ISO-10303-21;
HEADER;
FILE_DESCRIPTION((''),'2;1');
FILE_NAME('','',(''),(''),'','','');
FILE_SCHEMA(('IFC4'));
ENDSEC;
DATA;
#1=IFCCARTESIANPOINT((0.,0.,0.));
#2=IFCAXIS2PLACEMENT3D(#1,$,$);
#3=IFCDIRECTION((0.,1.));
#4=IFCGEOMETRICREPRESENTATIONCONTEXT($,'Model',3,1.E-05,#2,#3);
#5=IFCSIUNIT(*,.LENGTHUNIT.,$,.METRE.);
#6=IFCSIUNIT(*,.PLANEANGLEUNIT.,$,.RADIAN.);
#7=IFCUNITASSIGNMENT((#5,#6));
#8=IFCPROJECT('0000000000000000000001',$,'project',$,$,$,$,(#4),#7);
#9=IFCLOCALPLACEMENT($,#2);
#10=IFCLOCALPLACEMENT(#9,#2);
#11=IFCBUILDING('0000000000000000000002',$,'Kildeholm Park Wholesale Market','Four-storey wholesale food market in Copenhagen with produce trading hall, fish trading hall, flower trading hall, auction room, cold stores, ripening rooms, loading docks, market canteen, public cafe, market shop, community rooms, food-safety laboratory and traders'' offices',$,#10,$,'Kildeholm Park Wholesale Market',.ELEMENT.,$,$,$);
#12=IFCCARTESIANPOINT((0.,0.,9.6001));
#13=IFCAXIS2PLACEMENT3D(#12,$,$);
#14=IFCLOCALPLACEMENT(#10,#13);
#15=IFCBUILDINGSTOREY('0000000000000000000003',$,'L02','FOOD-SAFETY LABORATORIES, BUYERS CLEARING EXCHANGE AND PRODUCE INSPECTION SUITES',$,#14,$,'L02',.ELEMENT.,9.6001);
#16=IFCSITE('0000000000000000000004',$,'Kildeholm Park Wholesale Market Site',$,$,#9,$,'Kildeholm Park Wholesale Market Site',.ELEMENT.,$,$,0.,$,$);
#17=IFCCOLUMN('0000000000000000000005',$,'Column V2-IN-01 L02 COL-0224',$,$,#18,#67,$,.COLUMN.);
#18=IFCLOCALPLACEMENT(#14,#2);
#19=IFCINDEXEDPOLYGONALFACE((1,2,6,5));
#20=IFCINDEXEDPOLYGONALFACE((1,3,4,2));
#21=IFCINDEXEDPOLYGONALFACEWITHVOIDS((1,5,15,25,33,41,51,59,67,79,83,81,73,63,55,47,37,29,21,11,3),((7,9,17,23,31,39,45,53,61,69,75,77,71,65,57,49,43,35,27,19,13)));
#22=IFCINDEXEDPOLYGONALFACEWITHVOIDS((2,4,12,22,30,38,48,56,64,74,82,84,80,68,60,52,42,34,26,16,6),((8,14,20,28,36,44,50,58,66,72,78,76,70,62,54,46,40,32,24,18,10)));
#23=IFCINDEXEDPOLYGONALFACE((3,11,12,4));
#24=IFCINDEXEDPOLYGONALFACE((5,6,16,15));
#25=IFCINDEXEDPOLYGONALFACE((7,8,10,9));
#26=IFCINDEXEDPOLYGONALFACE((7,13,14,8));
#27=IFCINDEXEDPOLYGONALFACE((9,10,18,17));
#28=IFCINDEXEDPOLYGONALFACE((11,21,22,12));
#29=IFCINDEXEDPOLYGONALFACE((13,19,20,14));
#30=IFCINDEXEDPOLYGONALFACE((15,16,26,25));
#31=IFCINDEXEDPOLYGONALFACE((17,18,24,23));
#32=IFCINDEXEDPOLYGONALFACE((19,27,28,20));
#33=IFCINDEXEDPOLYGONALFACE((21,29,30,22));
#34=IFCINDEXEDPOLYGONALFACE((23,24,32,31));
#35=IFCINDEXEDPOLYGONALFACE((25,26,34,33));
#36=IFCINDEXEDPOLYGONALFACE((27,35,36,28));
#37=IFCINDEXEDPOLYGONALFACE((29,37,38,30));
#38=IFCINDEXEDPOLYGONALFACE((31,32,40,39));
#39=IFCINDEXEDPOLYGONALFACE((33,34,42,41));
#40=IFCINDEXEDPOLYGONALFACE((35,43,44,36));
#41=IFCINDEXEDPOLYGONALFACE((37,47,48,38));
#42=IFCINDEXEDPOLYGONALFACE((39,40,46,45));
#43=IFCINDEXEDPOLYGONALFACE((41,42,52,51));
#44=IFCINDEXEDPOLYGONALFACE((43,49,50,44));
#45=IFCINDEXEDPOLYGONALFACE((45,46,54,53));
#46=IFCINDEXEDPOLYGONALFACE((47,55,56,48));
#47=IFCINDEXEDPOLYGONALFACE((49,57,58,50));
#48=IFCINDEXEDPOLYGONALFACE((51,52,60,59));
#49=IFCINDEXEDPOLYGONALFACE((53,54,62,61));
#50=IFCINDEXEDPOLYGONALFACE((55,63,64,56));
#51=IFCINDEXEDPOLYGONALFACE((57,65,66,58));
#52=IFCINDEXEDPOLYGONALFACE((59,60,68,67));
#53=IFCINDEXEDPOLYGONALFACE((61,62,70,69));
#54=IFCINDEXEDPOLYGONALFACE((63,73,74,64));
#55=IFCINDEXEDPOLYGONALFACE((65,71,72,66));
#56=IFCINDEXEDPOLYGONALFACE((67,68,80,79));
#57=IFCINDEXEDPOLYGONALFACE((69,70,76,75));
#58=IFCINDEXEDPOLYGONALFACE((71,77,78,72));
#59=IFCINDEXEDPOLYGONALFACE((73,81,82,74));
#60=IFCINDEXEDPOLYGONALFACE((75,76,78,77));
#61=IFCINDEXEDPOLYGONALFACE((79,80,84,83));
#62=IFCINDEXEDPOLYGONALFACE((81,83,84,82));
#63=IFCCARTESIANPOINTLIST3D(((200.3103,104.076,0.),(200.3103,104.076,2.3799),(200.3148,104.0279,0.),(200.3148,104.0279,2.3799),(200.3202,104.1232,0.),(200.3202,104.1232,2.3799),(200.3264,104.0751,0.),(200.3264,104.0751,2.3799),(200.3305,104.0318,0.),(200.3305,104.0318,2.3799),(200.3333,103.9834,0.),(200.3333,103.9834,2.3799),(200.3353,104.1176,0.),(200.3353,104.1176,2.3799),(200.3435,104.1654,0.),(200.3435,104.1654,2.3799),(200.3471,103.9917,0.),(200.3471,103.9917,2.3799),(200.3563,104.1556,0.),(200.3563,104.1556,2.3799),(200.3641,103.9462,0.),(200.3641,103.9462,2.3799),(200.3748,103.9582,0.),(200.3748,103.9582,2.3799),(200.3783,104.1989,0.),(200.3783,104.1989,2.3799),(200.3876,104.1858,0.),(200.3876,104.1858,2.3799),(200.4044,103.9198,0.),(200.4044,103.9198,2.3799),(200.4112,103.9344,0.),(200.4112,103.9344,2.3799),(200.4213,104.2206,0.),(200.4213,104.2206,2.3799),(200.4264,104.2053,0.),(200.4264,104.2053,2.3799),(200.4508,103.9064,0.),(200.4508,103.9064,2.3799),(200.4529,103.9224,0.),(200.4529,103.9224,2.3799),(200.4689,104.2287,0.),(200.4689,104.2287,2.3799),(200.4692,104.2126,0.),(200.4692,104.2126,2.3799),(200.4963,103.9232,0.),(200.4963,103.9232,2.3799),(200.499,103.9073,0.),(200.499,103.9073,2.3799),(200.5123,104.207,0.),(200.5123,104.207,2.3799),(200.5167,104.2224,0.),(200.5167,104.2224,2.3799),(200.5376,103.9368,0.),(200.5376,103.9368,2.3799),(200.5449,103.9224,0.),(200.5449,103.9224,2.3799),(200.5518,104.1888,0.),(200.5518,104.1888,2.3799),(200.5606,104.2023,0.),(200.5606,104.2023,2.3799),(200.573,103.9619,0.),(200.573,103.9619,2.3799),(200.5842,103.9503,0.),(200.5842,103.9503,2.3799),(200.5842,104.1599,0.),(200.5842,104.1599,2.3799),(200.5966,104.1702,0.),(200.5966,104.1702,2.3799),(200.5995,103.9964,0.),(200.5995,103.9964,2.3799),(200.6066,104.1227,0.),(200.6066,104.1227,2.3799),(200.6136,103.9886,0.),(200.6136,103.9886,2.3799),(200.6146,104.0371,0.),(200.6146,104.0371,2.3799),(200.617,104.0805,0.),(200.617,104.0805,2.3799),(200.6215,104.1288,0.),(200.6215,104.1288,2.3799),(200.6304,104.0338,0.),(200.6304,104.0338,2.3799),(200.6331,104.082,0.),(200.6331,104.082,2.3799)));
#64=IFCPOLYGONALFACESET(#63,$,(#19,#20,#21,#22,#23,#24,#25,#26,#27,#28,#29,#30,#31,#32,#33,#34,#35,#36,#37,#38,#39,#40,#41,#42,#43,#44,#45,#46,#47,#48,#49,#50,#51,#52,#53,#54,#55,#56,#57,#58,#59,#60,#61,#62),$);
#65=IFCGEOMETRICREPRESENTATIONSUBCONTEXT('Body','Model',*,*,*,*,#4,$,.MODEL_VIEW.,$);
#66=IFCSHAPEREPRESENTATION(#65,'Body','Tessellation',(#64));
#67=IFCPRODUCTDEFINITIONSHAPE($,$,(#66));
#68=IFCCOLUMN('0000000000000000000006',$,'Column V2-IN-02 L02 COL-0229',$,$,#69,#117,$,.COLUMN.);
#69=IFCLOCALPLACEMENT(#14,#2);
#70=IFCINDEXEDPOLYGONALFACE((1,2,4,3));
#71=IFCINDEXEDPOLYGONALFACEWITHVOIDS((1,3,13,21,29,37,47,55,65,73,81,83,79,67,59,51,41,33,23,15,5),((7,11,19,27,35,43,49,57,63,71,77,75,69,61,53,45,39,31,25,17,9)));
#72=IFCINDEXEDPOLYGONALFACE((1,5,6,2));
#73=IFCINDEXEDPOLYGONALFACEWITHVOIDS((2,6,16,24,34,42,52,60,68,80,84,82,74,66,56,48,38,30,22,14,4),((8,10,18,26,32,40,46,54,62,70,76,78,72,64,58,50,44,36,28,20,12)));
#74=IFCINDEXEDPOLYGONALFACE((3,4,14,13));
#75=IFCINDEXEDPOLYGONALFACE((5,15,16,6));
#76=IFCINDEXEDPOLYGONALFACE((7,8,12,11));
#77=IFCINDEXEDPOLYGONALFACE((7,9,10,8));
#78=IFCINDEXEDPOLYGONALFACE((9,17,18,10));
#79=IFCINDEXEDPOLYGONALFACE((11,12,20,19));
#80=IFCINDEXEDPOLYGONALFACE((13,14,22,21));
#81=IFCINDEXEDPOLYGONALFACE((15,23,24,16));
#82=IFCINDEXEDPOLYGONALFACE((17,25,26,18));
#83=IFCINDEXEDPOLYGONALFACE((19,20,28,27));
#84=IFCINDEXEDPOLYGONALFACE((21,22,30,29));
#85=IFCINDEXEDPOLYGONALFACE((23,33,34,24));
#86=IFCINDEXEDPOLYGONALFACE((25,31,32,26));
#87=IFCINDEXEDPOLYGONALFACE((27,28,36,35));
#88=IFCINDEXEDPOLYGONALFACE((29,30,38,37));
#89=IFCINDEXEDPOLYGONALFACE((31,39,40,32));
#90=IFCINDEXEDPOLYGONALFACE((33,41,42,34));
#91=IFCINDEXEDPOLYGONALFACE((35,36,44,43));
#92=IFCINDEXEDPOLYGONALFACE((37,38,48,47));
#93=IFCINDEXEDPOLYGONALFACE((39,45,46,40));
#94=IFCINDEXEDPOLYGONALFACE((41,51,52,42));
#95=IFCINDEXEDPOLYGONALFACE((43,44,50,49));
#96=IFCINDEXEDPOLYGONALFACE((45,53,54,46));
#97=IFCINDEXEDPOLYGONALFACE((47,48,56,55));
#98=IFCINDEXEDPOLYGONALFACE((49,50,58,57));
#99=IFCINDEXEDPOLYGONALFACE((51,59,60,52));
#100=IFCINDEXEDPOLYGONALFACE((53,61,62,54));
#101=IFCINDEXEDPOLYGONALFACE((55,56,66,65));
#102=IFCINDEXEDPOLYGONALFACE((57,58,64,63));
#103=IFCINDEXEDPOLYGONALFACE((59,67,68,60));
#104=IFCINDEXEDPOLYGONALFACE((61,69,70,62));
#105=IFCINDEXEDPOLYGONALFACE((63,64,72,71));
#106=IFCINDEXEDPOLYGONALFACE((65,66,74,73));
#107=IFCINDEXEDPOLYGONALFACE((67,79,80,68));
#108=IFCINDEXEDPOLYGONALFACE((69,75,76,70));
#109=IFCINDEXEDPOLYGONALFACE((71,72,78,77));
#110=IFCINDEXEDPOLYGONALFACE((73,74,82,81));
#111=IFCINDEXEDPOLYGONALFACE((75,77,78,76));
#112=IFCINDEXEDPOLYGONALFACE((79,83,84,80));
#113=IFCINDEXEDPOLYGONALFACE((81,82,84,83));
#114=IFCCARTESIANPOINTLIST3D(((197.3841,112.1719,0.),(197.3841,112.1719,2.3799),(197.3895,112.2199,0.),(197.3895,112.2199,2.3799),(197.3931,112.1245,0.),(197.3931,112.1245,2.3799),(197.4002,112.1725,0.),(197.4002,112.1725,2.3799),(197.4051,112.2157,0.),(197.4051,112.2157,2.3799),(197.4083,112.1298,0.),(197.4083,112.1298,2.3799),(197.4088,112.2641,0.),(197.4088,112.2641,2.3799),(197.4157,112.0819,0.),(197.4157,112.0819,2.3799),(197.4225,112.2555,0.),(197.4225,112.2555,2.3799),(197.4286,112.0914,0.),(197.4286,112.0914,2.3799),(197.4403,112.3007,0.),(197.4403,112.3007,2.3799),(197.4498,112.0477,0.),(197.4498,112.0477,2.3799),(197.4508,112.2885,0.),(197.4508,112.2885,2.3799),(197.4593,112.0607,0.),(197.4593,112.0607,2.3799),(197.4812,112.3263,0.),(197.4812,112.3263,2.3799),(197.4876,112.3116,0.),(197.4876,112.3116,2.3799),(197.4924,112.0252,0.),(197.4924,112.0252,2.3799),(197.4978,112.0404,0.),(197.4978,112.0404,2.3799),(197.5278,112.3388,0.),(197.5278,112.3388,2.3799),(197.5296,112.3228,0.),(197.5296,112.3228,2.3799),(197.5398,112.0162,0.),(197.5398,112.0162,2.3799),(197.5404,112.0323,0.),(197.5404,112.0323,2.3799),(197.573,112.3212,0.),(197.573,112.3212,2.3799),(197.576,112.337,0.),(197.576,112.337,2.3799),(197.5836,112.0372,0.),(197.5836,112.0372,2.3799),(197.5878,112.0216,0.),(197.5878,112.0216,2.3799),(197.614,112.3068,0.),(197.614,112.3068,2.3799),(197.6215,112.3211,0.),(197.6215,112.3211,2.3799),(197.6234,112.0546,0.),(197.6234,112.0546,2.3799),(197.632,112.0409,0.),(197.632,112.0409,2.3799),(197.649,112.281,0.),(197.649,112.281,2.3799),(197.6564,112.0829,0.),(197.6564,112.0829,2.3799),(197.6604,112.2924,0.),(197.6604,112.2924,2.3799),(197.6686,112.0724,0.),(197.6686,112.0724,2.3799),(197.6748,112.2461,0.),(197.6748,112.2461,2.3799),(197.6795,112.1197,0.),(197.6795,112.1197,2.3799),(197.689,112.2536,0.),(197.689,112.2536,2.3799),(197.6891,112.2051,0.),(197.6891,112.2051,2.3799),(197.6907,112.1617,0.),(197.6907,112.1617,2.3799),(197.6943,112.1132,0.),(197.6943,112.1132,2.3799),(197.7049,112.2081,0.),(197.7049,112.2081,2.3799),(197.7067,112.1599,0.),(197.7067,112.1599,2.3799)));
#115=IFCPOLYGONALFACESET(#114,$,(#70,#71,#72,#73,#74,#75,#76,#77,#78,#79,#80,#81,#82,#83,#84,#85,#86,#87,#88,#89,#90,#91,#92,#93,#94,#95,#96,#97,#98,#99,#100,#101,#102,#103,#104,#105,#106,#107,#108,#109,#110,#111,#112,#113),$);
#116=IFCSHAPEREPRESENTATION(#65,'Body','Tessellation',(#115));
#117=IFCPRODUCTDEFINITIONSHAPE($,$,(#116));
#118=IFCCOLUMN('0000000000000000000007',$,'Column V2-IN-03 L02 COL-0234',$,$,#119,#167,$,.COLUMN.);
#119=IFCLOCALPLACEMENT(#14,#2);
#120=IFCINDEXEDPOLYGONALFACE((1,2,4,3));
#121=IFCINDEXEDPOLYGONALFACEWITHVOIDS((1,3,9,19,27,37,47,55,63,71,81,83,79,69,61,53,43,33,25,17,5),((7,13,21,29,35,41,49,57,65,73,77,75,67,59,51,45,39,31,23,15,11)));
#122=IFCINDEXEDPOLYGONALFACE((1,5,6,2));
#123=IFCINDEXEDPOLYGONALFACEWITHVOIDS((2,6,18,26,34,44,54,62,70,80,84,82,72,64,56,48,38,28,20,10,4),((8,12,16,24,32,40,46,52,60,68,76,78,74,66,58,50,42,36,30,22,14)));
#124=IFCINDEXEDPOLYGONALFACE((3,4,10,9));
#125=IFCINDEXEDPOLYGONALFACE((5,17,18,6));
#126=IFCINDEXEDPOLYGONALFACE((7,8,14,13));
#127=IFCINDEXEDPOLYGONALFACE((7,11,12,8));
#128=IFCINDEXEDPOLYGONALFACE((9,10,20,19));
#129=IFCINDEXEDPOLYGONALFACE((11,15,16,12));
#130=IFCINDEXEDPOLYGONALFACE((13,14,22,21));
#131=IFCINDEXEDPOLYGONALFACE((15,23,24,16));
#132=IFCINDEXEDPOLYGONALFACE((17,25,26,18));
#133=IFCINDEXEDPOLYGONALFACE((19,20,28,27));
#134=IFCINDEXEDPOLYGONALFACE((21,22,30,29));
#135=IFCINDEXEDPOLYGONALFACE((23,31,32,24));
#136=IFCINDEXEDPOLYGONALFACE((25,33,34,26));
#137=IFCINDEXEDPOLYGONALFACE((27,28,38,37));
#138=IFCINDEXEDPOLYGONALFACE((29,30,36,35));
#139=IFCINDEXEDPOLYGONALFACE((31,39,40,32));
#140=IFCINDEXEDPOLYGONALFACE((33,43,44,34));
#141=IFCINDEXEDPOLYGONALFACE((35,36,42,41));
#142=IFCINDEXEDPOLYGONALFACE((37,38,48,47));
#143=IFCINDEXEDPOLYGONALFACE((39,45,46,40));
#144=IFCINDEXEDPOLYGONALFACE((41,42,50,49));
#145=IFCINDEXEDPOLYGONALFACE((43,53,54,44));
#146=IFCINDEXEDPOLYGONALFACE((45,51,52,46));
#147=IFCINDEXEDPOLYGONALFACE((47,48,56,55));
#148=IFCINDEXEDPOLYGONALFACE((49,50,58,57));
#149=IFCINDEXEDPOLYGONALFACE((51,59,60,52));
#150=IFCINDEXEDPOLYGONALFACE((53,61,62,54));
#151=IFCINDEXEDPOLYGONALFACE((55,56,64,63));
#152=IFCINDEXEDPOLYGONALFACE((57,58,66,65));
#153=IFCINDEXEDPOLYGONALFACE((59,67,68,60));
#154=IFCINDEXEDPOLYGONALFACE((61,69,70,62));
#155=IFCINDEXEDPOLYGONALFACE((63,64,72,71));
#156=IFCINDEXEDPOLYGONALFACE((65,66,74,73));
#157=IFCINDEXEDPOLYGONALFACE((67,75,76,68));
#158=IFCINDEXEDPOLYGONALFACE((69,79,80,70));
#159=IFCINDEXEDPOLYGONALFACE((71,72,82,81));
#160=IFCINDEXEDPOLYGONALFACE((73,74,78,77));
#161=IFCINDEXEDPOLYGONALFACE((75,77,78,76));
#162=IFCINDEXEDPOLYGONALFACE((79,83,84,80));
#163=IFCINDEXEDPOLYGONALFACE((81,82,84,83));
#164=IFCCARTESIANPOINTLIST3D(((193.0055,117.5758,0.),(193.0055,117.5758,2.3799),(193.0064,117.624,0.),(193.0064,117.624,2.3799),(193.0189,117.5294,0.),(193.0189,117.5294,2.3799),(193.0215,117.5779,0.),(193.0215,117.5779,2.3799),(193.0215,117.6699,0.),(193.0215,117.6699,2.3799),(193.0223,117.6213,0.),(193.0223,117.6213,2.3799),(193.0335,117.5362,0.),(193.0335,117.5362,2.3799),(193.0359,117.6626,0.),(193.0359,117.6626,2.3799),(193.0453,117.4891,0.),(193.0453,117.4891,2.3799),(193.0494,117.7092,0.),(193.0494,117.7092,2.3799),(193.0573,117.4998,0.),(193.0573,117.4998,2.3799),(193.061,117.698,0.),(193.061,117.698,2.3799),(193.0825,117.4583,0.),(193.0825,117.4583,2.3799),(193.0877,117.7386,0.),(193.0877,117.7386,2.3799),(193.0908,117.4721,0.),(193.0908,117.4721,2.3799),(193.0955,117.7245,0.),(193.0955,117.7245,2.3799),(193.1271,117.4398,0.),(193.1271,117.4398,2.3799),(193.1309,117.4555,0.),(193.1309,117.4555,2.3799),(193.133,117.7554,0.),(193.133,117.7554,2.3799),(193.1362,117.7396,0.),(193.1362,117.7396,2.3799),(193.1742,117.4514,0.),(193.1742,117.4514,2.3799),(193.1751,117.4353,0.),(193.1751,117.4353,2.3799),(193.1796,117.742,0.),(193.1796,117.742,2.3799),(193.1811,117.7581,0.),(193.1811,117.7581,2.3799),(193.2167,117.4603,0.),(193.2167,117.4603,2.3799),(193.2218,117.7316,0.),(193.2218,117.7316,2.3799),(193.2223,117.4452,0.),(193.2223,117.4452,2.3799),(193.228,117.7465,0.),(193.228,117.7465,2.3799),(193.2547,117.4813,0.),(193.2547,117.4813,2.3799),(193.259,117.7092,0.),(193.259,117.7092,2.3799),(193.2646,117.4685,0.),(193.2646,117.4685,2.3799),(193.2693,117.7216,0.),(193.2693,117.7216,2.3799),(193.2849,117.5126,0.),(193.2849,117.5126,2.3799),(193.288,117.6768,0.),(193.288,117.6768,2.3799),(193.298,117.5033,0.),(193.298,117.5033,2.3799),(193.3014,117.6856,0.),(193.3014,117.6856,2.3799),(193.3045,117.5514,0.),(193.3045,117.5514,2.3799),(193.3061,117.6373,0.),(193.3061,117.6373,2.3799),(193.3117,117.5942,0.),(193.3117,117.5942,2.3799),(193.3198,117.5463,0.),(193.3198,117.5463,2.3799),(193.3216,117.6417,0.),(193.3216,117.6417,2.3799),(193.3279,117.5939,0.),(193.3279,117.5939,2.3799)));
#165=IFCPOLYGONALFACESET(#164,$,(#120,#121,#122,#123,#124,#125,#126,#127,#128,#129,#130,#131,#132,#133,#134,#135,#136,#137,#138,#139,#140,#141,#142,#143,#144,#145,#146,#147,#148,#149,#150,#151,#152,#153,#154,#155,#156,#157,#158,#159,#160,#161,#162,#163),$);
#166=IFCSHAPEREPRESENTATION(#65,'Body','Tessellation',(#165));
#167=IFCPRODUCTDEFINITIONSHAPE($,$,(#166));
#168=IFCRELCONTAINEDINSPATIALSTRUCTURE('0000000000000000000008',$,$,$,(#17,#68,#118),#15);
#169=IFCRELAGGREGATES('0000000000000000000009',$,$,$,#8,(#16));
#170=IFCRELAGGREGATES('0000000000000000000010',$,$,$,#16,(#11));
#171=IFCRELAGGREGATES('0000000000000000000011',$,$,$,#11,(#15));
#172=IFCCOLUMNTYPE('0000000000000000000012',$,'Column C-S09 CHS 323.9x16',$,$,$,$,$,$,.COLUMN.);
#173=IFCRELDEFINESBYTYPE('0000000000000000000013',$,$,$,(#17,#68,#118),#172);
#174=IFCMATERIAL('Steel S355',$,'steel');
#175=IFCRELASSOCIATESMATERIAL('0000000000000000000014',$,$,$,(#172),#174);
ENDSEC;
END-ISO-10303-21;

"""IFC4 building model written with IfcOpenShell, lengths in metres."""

from ifc_helpers import new_model, si_unit, direction, frame, origin, origin_2d, place, context, subcontext, project, spatial, hollow_circle, extrude, material, material_profile, profile_set, type_object, element, save


model = new_model("IFC4")

# Units and contexts
model_context = context("Model", 3, precision=1e-05, world=origin(), true_north=direction((0.0, 1.0)))
body_context = subcontext(model_context, "Body", "Model", "MODEL_VIEW")
ifc_project = project(units=[si_unit("LENGTHUNIT", "METRE"), si_unit("PLANEANGLEUNIT", "RADIAN")], contexts=[model_context])

# Site, building, storey
site_placement = place(None, origin())
site = spatial("IfcSite", under=ifc_project, at=site_placement, Name="Kildeholm Park Wholesale Market Site", LongName="Kildeholm Park Wholesale Market Site", CompositionType="ELEMENT", RefElevation=0.0)
building_placement = place(site_placement, origin())
building = spatial("IfcBuilding", under=site, at=building_placement, Name="Kildeholm Park Wholesale Market", Description="Four-storey wholesale food market in Copenhagen with produce trading hall, fish trading hall, flower trading hall, auction room, cold stores, ripening rooms, loading docks, market canteen, public cafe, market shop, community rooms, food-safety laboratory and traders' offices", LongName="Kildeholm Park Wholesale Market", CompositionType="ELEMENT")
storey_placement = place(building_placement, frame((0.0, 0.0, 9.6001)))
storey = spatial("IfcBuildingStorey", under=building, at=storey_placement, Name="L02", Description="FOOD-SAFETY LABORATORIES, BUYERS CLEARING EXCHANGE AND PRODUCE INSPECTION SUITES", LongName="L02", CompositionType="ELEMENT", Elevation=9.6001)

# Columns
ifc_material_1 = material(Name="Steel S355", Category="steel")
ifc_material_profile_1 = material_profile(ifc_material_1, hollow_circle(Radius=0.1619, WallThickness=0.0161, at=origin_2d()), Name="CHS 323.9x16")
ifc_profile_set_1 = profile_set([ifc_material_profile_1], Name="Steel S355")
column_type = type_object("IfcColumnType", Name="Column C-S09 CHS 323.9x16", PredefinedType="COLUMN", material=ifc_profile_set_1)
for number, where, z_axis, x_axis, name in (
    (1, (200.4719, 104.0669, 0.0), (0.0, 0.0, 1.0), (0.92388, 0.382683, 0.0), "Column V2-IN-01 L02 COL-0224"),
    (2, (197.5459, 112.178, 0.0), (0.0, 0.0, 1.0), (0.707107, 0.707107, 0.0), "Column V2-IN-02 L02 COL-0229"),
    (3, (193.166, 117.5969, 0.0), (0.0, 0.0, 1.0), (0.382683, 0.92388, 0.0), "Column V2-IN-03 L02 COL-0234"),
):
    element("IfcColumn", number, at=place(storey_placement, frame(where, z_axis=z_axis, x_axis=x_axis)), inside=storey, type_object=column_type, Name=name, PredefinedType="COLUMN", context=body_context, shape_type="SweptSolid", body=[
        extrude(hollow_circle(Radius=0.1619, WallThickness=0.0161, at=origin_2d()), origin(), (0.0, 0.0, 1.0), 2.3799),
    ])

save(model, "model.ifc")
